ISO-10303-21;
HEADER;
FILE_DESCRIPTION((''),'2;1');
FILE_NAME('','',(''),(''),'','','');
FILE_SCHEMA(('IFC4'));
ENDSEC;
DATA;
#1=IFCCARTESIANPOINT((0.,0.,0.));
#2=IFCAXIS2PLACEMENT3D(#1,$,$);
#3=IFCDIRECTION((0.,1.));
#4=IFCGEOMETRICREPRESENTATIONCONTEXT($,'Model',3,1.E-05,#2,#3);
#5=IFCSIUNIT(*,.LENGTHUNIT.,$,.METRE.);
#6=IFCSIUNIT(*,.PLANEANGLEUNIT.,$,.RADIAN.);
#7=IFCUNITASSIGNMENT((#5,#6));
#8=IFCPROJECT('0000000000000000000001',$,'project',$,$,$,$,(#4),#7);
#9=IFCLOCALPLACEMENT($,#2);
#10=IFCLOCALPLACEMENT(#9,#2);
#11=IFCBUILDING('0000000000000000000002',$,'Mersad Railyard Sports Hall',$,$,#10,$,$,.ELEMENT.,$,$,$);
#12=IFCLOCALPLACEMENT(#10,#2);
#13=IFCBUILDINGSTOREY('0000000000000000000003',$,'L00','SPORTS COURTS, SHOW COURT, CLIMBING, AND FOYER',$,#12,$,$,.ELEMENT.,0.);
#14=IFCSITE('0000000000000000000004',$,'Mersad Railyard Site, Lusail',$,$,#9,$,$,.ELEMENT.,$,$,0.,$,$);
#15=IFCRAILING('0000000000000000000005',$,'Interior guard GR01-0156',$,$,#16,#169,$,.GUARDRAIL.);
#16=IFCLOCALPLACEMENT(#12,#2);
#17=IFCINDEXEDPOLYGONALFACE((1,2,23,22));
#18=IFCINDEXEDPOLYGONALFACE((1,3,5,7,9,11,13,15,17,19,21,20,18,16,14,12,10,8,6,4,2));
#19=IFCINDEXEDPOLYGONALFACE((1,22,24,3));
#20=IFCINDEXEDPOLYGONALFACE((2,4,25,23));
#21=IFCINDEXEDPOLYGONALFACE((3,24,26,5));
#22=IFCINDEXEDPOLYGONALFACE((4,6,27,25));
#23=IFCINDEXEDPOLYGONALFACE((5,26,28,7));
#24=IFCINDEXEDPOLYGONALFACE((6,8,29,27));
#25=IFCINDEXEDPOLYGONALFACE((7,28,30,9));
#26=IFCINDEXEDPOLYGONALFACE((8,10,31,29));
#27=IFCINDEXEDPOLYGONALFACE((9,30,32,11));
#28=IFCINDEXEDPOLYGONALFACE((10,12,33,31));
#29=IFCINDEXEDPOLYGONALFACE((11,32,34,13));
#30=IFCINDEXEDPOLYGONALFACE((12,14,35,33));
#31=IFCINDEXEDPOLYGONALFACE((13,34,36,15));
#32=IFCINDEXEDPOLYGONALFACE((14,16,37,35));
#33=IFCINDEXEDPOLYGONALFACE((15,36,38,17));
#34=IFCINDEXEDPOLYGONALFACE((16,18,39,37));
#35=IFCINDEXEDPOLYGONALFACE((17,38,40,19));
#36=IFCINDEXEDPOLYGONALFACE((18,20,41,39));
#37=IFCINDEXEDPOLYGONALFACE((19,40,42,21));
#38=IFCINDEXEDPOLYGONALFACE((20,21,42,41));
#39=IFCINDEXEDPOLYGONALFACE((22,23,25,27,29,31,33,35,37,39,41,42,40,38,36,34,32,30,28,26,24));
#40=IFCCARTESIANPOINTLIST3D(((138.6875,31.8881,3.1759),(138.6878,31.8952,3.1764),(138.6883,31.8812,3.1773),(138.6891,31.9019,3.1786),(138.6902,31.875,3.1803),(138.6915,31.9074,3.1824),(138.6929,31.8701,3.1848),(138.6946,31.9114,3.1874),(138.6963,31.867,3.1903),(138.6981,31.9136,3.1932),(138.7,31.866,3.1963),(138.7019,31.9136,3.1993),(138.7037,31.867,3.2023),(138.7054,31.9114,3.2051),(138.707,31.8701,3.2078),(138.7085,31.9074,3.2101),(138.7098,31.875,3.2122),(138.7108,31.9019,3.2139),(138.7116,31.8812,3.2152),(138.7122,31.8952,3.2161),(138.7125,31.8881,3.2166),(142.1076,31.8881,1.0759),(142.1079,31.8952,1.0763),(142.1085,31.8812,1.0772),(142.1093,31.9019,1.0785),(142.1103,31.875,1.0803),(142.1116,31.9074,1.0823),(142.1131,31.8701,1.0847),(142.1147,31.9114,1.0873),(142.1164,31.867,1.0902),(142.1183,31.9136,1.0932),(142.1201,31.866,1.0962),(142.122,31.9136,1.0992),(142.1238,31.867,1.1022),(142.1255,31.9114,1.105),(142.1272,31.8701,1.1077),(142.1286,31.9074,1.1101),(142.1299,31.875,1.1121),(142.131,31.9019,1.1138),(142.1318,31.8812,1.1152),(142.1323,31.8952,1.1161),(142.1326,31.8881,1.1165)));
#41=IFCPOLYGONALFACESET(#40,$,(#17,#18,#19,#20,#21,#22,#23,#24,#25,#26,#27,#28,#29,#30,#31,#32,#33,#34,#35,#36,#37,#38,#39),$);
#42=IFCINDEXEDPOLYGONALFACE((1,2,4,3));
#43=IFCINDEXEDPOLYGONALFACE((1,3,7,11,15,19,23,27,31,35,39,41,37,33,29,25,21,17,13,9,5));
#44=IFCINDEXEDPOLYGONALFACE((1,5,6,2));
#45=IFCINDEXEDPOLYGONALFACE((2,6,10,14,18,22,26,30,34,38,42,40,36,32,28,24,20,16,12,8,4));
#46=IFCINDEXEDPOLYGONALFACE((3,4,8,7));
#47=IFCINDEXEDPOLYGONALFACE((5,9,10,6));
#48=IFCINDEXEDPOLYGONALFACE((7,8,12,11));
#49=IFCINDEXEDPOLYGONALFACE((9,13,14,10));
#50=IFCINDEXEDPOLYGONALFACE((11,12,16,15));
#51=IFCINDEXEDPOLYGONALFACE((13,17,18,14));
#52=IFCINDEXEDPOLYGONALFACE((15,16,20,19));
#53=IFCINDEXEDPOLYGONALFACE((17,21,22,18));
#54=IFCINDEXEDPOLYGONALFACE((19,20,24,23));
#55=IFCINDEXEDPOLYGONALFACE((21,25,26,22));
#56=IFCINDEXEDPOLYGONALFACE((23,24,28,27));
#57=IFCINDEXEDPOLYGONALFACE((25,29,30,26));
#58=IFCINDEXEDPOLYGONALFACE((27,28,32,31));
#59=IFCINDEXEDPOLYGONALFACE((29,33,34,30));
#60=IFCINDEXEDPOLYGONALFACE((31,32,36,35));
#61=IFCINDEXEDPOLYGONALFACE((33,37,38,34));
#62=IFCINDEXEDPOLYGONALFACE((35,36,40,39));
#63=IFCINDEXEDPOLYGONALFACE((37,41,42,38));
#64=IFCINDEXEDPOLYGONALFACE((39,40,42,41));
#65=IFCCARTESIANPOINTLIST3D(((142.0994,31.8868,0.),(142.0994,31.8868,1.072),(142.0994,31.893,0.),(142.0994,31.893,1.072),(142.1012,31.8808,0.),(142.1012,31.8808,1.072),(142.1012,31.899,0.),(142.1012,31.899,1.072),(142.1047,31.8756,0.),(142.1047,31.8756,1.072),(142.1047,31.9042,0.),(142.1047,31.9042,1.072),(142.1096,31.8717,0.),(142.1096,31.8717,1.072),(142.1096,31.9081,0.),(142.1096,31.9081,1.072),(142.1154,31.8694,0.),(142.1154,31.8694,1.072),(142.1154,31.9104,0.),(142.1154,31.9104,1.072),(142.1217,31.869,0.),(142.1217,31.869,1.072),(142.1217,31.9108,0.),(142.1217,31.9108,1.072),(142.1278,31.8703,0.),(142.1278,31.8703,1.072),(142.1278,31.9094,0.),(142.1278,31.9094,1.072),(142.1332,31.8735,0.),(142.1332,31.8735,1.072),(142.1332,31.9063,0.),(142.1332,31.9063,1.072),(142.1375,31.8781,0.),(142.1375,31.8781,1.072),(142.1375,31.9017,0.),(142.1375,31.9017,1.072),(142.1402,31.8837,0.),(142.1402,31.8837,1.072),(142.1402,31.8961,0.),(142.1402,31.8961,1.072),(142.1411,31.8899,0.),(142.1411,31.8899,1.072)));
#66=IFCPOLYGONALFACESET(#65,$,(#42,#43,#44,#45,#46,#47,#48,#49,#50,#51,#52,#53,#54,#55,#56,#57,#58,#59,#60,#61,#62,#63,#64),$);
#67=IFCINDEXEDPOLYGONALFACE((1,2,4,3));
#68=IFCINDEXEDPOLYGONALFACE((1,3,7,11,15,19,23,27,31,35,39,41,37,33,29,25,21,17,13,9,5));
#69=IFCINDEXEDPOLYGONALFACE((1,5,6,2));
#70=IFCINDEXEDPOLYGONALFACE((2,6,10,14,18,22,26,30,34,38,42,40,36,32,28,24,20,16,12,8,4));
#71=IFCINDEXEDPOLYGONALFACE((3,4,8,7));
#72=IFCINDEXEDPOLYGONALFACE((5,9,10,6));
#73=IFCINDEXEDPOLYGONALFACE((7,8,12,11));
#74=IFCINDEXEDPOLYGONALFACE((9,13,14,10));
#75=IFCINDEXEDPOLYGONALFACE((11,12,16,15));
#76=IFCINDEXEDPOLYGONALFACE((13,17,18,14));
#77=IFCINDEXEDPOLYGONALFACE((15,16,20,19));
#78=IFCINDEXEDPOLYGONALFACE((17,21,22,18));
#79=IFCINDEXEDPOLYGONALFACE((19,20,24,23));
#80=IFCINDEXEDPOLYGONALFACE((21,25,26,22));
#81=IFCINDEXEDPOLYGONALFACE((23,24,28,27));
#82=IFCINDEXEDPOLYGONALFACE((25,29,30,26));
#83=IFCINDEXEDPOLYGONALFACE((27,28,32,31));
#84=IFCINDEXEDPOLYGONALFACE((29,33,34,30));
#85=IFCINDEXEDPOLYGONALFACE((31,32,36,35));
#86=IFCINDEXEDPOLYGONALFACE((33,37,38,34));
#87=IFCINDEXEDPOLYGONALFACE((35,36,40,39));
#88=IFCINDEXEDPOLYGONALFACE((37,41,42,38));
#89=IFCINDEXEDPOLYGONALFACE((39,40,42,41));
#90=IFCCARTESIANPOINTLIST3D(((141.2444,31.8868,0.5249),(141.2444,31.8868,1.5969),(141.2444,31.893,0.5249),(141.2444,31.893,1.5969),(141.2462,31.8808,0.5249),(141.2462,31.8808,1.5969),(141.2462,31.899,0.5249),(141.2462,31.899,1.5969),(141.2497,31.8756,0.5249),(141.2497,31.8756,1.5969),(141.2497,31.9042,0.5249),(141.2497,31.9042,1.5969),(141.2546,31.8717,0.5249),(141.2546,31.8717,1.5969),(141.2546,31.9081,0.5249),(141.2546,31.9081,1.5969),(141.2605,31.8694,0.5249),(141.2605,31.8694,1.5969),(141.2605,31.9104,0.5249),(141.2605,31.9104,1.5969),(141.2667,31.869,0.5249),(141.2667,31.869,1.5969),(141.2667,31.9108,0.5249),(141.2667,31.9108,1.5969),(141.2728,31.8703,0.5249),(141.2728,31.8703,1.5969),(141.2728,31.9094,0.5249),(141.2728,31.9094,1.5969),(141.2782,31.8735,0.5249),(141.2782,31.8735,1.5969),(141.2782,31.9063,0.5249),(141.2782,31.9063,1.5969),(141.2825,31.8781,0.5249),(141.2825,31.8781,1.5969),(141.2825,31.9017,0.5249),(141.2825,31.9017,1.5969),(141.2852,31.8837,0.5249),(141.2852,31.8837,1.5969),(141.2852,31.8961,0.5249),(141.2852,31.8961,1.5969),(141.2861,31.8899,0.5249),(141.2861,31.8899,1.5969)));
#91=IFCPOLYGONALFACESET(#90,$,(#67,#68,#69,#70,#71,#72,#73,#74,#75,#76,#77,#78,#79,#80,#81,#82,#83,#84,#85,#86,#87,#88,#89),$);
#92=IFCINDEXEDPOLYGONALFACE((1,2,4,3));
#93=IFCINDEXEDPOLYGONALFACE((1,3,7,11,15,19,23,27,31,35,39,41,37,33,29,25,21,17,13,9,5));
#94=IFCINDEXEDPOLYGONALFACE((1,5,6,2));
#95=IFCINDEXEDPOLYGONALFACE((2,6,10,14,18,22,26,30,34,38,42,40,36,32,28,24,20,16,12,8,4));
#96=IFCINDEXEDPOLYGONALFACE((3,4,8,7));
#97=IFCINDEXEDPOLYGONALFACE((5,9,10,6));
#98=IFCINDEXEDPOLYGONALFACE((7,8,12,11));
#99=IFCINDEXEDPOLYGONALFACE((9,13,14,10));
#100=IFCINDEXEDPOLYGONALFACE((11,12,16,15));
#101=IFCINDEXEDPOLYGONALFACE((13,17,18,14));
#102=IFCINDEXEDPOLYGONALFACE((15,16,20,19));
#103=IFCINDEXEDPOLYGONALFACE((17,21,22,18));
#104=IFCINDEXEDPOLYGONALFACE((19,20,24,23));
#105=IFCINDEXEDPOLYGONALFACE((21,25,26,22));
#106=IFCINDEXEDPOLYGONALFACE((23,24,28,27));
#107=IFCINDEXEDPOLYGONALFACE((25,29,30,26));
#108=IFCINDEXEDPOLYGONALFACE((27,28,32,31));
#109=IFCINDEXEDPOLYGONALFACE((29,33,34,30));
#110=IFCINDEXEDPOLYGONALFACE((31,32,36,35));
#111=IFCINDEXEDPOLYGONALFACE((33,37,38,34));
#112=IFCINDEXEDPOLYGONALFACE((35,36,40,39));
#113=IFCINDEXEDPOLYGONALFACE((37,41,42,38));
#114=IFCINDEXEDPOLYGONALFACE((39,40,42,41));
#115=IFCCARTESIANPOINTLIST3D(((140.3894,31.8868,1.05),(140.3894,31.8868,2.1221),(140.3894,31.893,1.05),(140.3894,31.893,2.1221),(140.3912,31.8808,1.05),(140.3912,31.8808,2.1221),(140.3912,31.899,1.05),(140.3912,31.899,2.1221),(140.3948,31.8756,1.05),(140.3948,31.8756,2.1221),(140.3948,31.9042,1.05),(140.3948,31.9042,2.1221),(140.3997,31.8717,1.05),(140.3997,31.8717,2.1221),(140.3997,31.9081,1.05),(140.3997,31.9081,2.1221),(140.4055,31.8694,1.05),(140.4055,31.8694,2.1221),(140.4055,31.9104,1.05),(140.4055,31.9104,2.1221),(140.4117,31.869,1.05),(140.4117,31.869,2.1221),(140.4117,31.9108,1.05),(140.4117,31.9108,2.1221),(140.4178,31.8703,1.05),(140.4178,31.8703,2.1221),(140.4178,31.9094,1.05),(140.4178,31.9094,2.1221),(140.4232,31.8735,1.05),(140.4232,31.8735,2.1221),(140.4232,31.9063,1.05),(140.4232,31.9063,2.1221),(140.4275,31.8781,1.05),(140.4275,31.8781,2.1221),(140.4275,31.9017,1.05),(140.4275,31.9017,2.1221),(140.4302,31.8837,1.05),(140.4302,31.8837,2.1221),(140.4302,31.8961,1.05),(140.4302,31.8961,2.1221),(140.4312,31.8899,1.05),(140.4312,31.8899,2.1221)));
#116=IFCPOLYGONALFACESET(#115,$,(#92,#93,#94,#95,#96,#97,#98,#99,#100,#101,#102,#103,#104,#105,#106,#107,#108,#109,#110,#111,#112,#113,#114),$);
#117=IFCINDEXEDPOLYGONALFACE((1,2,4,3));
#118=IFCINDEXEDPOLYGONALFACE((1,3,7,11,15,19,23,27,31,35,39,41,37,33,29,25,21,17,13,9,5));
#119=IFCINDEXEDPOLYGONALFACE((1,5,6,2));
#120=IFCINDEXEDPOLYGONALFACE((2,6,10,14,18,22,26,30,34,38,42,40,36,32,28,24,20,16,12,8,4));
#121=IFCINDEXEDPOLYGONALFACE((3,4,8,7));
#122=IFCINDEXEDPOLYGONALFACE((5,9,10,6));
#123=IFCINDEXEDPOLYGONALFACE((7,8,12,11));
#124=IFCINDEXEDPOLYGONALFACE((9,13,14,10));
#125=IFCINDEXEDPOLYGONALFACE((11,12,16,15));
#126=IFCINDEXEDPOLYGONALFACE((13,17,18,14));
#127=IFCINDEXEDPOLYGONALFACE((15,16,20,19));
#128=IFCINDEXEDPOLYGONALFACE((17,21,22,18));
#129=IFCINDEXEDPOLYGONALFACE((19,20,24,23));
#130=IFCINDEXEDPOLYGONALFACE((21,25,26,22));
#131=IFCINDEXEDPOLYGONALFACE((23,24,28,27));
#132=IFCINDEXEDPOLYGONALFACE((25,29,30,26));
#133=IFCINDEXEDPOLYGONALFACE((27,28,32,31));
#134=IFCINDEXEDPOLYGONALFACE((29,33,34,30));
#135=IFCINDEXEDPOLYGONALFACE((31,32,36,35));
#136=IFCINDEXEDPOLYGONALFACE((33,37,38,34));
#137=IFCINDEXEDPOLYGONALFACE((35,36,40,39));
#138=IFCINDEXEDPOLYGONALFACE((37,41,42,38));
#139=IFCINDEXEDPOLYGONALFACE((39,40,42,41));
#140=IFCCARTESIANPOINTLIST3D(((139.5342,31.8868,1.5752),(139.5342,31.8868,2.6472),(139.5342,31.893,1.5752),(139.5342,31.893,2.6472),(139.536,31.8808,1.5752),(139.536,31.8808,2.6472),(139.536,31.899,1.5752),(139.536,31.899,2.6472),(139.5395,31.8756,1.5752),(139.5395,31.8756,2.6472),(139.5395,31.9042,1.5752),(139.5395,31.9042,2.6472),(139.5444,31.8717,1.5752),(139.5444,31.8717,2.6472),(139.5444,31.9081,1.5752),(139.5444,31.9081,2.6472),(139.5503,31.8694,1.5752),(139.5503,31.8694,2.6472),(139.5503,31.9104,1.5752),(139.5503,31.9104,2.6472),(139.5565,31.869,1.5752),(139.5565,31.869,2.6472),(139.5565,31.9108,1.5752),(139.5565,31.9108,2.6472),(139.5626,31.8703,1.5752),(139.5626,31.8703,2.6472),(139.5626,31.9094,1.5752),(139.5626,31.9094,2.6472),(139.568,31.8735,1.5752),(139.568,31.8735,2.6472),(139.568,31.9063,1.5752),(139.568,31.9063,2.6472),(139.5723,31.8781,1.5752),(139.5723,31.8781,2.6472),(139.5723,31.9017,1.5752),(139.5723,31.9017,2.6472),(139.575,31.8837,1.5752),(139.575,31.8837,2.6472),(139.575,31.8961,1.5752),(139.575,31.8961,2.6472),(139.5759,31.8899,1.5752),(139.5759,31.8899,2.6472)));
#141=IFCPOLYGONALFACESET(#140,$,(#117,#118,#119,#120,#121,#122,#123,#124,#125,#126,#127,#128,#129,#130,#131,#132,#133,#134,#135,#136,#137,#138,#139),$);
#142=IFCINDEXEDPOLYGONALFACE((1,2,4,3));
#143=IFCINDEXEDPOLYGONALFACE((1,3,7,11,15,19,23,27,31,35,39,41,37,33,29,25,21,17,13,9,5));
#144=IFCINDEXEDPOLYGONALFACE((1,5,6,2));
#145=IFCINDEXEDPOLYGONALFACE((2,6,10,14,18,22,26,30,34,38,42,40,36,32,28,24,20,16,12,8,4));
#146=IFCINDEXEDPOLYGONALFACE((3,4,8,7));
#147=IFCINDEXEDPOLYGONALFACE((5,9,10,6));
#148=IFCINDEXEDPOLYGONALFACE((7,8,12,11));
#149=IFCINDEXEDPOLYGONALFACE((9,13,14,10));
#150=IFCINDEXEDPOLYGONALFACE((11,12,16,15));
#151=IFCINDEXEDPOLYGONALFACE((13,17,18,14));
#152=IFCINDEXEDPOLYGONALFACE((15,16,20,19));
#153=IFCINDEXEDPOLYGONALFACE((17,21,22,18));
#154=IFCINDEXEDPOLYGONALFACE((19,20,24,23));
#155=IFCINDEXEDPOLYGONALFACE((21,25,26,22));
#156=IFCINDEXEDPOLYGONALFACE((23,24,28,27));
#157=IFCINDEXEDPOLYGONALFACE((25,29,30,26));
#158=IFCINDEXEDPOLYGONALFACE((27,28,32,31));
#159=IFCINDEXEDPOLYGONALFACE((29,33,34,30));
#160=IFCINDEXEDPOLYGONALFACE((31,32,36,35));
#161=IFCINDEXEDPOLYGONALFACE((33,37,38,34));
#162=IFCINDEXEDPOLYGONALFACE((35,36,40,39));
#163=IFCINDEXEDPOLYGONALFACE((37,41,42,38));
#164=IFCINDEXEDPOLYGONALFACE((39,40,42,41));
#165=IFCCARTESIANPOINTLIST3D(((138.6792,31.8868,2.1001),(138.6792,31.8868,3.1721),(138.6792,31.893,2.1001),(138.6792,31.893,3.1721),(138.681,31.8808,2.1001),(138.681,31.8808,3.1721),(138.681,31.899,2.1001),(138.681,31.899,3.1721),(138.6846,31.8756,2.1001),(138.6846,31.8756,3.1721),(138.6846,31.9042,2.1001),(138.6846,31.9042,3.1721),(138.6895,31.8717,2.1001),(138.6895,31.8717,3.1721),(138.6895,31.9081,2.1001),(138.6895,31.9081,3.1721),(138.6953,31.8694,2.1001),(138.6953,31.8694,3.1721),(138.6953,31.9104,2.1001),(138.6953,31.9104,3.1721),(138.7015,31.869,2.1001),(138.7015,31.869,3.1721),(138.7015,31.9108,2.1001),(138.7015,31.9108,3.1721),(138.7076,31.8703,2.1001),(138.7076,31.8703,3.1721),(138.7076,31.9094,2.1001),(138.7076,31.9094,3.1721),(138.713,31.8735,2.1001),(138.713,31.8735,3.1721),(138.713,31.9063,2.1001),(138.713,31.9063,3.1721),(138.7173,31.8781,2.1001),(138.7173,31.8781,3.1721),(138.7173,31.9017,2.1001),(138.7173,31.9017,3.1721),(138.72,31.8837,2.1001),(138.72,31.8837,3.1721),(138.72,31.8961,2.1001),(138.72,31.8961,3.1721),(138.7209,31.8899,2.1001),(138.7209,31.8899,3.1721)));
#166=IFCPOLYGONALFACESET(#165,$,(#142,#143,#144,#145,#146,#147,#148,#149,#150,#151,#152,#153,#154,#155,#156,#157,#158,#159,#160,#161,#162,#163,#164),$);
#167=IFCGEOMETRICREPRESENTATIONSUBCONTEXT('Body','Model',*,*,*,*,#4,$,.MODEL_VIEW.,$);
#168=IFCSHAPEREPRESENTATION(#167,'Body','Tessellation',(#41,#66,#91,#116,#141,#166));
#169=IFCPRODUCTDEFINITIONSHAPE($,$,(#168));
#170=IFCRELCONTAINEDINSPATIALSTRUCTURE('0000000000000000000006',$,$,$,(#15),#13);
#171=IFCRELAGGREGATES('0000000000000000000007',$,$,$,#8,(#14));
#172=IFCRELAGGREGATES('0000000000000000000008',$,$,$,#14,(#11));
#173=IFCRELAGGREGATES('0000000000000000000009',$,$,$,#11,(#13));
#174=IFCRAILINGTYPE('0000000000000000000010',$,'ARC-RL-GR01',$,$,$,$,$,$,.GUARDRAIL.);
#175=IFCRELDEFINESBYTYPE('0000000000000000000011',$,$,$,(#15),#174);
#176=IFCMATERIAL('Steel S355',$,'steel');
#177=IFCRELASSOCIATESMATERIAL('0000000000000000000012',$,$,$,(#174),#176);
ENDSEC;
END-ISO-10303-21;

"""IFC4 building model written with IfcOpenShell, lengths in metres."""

from ifc_helpers import new_model, si_unit, direction, frame, origin, origin_2d, place, context, subcontext, project, spatial, circle, extrude, material, type_object, element, save


model = new_model("IFC4")

# Units and contexts
model_context = context("Model", 3, precision=1e-05, world=origin(), true_north=direction((0.0, 1.0)))
body_context = subcontext(model_context, "Body", "Model", "MODEL_VIEW")
ifc_project = project(units=[si_unit("LENGTHUNIT", "METRE"), si_unit("PLANEANGLEUNIT", "RADIAN")], contexts=[model_context])

# Site, building, storey
site_placement = place(None, origin())
site = spatial("IfcSite", under=ifc_project, at=site_placement, Name="Mersad Railyard Site, Lusail", CompositionType="ELEMENT", RefElevation=0.0)
building_placement = place(site_placement, origin())
building = spatial("IfcBuilding", under=site, at=building_placement, Name="Mersad Railyard Sports Hall", CompositionType="ELEMENT")
storey_placement = place(building_placement, origin())
storey = spatial("IfcBuildingStorey", under=building, at=storey_placement, Name="L00", Description="SPORTS COURTS, SHOW COURT, CLIMBING, AND FOYER", CompositionType="ELEMENT", Elevation=0.0)

# Shared definitions
ifc_material_1 = material(Name="Steel S355", Category="steel")

# Railing
railing_type = type_object("IfcRailingType", Name="ARC-RL-GR01", PredefinedType="GUARDRAIL", material=ifc_material_1)
for number, where, name in (
    (1, (142.1201, 31.8899, 0.0), "Interior guard GR01-0156"),
):
    element("IfcRailing", number, at=place(storey_placement, frame(where)), inside=storey, type_object=railing_type, Name=name, PredefinedType="GUARDRAIL", context=body_context, shape_type="SweptSolid", body=[
        extrude(circle(Radius=0.0239, at=origin_2d()), frame((0.0, 0.0, 1.0962), z_axis=(-0.852172, 0.0, 0.523262), x_axis=(0.0, -1.0, 0.0)), (0.0, 0.0, 1.0), 4.0134),
        extrude(circle(Radius=0.021, at=origin_2d()), origin(), (0.0, 0.0, 1.0), 1.072),
        extrude(circle(Radius=0.021, at=origin_2d()), frame((-0.855, 0.0, 0.5249)), (0.0, 0.0, 1.0), 1.072),
        extrude(circle(Radius=0.021, at=origin_2d()), frame((-1.71, 0.0, 1.05)), (0.0, 0.0, 1.0), 1.072),
        extrude(circle(Radius=0.021, at=origin_2d()), frame((-2.5652, 0.0, 1.5752)), (0.0, 0.0, 1.0), 1.072),
        extrude(circle(Radius=0.021, at=origin_2d()), frame((-3.4202, 0.0, 2.1001)), (0.0, 0.0, 1.0), 1.072),
    ])

save(model, "model.ifc")
